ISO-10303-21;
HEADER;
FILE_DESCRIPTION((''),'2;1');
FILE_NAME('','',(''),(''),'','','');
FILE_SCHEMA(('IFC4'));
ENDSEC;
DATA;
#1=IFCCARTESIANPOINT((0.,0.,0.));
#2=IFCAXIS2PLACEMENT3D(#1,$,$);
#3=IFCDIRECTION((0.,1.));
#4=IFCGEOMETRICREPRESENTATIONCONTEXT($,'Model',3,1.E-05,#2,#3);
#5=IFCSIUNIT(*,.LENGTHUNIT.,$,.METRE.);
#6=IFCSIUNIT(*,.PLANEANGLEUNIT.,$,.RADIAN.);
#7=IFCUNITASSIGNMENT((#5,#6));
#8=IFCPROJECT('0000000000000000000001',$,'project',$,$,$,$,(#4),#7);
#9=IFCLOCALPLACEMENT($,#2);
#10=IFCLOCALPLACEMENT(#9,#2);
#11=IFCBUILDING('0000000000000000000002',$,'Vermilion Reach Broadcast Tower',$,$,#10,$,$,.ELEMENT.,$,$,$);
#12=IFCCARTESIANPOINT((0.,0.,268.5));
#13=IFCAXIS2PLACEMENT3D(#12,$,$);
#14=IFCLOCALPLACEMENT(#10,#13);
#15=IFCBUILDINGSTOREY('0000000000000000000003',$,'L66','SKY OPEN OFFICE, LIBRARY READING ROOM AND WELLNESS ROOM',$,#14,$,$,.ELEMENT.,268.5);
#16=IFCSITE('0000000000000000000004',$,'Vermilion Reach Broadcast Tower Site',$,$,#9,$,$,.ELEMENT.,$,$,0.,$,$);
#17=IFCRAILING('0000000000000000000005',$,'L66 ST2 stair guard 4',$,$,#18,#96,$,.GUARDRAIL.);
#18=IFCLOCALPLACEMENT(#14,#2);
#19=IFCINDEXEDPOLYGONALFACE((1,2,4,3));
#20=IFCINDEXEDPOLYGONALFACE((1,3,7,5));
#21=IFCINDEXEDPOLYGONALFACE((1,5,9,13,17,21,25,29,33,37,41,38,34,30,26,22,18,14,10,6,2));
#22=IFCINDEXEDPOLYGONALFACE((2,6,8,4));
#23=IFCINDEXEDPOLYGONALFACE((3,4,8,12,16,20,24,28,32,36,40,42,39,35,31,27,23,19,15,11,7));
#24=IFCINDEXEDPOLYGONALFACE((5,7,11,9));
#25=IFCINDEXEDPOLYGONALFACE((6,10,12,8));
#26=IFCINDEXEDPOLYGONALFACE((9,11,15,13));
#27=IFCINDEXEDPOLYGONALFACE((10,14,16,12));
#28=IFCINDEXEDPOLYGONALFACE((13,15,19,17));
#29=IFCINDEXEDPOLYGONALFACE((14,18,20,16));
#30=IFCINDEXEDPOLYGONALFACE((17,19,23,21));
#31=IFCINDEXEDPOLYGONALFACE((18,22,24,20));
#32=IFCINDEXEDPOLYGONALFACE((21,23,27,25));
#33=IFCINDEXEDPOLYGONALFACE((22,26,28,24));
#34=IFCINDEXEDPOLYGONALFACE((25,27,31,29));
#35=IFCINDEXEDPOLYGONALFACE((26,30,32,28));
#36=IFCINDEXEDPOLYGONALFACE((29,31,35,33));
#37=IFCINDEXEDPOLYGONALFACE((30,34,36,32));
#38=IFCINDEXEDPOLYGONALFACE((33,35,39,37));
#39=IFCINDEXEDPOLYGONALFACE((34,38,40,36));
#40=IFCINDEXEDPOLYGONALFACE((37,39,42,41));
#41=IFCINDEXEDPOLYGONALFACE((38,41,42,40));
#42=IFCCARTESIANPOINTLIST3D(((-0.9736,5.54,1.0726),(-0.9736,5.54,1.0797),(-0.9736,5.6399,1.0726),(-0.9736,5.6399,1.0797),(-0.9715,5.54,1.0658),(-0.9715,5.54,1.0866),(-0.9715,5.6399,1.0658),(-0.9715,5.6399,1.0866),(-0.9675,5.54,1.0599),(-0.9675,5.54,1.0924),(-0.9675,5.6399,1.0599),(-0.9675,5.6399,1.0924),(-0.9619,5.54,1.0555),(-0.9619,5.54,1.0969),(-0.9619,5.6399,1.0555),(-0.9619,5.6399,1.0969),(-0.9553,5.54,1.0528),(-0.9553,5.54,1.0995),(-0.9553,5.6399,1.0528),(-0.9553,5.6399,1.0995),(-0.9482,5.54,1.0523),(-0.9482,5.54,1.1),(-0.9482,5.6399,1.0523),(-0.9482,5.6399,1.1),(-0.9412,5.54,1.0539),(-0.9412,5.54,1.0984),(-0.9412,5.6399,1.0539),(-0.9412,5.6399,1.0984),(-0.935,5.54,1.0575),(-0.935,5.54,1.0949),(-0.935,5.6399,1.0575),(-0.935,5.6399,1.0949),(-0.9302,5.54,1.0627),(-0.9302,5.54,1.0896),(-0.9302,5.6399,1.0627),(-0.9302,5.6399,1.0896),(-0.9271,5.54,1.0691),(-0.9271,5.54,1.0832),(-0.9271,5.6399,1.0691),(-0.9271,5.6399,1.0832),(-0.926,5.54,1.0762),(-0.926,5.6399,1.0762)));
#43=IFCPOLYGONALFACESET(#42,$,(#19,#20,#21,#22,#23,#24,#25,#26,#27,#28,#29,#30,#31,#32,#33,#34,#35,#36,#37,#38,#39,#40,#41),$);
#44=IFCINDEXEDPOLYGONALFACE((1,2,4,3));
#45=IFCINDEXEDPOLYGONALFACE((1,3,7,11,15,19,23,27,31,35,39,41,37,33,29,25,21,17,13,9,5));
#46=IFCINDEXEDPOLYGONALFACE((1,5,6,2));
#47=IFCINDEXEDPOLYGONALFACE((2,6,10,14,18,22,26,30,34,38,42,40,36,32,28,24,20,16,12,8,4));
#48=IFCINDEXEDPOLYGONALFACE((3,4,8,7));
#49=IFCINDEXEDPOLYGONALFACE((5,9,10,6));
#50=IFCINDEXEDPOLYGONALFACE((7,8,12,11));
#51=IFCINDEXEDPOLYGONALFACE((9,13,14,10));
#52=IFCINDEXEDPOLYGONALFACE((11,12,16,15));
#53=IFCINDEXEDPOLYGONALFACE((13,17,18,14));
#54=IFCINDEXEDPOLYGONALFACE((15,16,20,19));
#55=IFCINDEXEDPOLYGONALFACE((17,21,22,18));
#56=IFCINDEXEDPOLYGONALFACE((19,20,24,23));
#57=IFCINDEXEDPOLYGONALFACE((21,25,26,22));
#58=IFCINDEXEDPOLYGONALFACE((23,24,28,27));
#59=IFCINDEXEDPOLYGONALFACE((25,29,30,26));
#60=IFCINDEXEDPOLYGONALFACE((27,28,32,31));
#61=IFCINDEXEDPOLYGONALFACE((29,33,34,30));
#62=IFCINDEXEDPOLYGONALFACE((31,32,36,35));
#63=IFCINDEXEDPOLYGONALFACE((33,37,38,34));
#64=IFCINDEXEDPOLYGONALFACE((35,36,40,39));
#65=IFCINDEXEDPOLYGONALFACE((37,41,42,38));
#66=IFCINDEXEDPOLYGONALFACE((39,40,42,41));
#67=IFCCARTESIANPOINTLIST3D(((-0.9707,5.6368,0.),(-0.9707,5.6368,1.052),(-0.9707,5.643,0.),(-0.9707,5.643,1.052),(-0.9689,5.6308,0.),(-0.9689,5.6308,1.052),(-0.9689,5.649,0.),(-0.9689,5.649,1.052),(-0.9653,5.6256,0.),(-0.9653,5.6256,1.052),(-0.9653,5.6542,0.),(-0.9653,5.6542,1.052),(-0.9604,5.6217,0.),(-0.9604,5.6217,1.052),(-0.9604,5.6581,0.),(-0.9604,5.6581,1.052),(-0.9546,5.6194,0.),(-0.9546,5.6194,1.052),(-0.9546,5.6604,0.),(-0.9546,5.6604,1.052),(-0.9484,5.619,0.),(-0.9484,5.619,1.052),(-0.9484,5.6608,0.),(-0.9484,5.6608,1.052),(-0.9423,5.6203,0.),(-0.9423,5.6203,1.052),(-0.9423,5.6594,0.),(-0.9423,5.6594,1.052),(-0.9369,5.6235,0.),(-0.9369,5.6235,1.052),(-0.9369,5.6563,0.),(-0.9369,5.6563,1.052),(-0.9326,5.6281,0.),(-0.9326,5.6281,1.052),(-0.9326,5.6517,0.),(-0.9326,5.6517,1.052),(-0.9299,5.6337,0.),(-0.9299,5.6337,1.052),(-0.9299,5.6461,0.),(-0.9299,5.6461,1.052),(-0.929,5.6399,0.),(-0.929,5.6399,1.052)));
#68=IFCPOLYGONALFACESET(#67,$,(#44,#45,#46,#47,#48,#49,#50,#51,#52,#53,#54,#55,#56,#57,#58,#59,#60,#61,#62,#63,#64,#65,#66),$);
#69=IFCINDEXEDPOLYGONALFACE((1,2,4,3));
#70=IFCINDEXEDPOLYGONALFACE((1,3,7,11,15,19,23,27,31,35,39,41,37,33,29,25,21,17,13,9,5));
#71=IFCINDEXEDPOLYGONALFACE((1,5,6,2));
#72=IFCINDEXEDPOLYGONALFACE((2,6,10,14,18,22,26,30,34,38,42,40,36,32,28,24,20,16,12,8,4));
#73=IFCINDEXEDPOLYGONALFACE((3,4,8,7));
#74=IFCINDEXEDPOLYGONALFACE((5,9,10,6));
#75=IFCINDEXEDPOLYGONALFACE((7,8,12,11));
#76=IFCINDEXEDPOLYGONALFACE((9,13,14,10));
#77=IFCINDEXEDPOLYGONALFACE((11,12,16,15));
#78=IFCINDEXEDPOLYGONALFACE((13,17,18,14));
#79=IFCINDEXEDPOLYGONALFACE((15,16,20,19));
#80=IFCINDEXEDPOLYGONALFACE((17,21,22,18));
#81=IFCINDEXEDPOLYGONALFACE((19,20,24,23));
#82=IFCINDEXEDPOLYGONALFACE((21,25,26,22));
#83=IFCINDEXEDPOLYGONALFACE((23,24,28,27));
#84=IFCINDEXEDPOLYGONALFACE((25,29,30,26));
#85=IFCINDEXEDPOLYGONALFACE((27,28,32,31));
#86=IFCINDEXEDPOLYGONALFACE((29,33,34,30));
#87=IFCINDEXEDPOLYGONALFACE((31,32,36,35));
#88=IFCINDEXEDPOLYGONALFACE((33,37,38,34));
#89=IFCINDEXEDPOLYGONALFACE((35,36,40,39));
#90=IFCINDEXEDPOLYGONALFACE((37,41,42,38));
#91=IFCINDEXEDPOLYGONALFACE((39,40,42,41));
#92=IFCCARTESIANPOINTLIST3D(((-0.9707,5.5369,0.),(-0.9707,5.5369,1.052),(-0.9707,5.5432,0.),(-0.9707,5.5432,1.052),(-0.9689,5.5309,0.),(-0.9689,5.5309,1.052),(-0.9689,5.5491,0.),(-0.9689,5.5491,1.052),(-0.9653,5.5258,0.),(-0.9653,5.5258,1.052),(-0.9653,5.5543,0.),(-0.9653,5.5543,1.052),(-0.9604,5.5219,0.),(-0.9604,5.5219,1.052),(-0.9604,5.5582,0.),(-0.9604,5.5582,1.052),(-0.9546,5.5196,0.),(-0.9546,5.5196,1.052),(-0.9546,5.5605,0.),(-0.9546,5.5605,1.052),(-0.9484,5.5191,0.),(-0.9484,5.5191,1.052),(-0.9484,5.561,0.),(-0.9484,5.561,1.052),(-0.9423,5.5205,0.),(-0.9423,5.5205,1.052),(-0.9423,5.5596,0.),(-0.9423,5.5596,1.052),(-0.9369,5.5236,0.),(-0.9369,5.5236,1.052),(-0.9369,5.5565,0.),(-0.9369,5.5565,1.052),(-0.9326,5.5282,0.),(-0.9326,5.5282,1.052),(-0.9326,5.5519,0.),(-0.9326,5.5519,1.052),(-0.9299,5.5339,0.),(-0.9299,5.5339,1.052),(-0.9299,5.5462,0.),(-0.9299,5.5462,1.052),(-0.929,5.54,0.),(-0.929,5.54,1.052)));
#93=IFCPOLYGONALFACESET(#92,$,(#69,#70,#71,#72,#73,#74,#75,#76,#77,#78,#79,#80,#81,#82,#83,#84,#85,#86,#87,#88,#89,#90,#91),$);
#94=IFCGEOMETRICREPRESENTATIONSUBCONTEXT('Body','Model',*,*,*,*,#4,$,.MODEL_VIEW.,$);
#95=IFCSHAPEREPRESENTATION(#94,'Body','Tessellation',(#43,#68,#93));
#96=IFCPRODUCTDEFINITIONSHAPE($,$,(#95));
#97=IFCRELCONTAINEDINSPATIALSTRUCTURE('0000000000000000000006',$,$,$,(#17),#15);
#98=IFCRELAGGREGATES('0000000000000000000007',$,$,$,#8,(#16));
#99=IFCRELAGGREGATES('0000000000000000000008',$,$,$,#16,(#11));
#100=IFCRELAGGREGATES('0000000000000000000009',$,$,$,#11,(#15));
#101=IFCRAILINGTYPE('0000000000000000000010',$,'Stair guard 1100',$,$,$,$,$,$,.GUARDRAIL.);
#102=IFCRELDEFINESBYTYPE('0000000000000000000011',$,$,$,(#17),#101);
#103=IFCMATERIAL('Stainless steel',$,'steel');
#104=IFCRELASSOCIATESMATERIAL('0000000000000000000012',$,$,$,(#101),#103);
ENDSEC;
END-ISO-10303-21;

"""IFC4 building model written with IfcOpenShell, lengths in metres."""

from ifc_helpers import new_model, si_unit, direction, frame, origin, origin_2d, place, context, subcontext, project, spatial, circle, extrude, material, type_object, element, save


model = new_model("IFC4")

# Units and contexts
model_context = context("Model", 3, precision=1e-05, world=origin(), true_north=direction((0.0, 1.0)))
body_context = subcontext(model_context, "Body", "Model", "MODEL_VIEW")
ifc_project = project(units=[si_unit("LENGTHUNIT", "METRE"), si_unit("PLANEANGLEUNIT", "RADIAN")], contexts=[model_context])

# Site, building, storey
site_placement = place(None, origin())
site = spatial("IfcSite", under=ifc_project, at=site_placement, Name="Vermilion Reach Broadcast Tower Site", CompositionType="ELEMENT", RefElevation=0.0)
building_placement = place(site_placement, origin())
building = spatial("IfcBuilding", under=site, at=building_placement, Name="Vermilion Reach Broadcast Tower", CompositionType="ELEMENT")
storey_placement = place(building_placement, frame((0.0, 0.0, 268.5)))
storey = spatial("IfcBuildingStorey", under=building, at=storey_placement, Name="L66", Description="SKY OPEN OFFICE, LIBRARY READING ROOM AND WELLNESS ROOM", CompositionType="ELEMENT", Elevation=268.5)

# Railing
ifc_material_1 = material(Name="Stainless steel", Category="steel")
railing_type_1 = type_object("IfcRailingType", Name="Stair guard 1100", PredefinedType="GUARDRAIL", material=ifc_material_1)
railing_1_placement = place(storey_placement, frame((-0.95, 5.6399, 0.0)))
element("IfcRailing", 1, at=railing_1_placement, inside=storey, type_object=railing_type_1, Name="L66 ST2 stair guard 4", PredefinedType="GUARDRAIL", context=body_context, shape_type="SweptSolid", body=[
    extrude(circle(Radius=0.0239, at=origin_2d()), frame((0.0, 0.0, 1.0762), z_axis=(0.0, -1.0, 0.0), x_axis=(1.0, 0.0, 0.0)), (0.0, 0.0, 1.0), 0.0999),
    extrude(circle(Radius=0.021, at=origin_2d()), origin(), (0.0, 0.0, 1.0), 1.052),
    extrude(circle(Radius=0.021, at=origin_2d()), frame((0.0, -0.0999, 0.0)), (0.0, 0.0, 1.0), 1.052),
])

save(model, "model.ifc")
